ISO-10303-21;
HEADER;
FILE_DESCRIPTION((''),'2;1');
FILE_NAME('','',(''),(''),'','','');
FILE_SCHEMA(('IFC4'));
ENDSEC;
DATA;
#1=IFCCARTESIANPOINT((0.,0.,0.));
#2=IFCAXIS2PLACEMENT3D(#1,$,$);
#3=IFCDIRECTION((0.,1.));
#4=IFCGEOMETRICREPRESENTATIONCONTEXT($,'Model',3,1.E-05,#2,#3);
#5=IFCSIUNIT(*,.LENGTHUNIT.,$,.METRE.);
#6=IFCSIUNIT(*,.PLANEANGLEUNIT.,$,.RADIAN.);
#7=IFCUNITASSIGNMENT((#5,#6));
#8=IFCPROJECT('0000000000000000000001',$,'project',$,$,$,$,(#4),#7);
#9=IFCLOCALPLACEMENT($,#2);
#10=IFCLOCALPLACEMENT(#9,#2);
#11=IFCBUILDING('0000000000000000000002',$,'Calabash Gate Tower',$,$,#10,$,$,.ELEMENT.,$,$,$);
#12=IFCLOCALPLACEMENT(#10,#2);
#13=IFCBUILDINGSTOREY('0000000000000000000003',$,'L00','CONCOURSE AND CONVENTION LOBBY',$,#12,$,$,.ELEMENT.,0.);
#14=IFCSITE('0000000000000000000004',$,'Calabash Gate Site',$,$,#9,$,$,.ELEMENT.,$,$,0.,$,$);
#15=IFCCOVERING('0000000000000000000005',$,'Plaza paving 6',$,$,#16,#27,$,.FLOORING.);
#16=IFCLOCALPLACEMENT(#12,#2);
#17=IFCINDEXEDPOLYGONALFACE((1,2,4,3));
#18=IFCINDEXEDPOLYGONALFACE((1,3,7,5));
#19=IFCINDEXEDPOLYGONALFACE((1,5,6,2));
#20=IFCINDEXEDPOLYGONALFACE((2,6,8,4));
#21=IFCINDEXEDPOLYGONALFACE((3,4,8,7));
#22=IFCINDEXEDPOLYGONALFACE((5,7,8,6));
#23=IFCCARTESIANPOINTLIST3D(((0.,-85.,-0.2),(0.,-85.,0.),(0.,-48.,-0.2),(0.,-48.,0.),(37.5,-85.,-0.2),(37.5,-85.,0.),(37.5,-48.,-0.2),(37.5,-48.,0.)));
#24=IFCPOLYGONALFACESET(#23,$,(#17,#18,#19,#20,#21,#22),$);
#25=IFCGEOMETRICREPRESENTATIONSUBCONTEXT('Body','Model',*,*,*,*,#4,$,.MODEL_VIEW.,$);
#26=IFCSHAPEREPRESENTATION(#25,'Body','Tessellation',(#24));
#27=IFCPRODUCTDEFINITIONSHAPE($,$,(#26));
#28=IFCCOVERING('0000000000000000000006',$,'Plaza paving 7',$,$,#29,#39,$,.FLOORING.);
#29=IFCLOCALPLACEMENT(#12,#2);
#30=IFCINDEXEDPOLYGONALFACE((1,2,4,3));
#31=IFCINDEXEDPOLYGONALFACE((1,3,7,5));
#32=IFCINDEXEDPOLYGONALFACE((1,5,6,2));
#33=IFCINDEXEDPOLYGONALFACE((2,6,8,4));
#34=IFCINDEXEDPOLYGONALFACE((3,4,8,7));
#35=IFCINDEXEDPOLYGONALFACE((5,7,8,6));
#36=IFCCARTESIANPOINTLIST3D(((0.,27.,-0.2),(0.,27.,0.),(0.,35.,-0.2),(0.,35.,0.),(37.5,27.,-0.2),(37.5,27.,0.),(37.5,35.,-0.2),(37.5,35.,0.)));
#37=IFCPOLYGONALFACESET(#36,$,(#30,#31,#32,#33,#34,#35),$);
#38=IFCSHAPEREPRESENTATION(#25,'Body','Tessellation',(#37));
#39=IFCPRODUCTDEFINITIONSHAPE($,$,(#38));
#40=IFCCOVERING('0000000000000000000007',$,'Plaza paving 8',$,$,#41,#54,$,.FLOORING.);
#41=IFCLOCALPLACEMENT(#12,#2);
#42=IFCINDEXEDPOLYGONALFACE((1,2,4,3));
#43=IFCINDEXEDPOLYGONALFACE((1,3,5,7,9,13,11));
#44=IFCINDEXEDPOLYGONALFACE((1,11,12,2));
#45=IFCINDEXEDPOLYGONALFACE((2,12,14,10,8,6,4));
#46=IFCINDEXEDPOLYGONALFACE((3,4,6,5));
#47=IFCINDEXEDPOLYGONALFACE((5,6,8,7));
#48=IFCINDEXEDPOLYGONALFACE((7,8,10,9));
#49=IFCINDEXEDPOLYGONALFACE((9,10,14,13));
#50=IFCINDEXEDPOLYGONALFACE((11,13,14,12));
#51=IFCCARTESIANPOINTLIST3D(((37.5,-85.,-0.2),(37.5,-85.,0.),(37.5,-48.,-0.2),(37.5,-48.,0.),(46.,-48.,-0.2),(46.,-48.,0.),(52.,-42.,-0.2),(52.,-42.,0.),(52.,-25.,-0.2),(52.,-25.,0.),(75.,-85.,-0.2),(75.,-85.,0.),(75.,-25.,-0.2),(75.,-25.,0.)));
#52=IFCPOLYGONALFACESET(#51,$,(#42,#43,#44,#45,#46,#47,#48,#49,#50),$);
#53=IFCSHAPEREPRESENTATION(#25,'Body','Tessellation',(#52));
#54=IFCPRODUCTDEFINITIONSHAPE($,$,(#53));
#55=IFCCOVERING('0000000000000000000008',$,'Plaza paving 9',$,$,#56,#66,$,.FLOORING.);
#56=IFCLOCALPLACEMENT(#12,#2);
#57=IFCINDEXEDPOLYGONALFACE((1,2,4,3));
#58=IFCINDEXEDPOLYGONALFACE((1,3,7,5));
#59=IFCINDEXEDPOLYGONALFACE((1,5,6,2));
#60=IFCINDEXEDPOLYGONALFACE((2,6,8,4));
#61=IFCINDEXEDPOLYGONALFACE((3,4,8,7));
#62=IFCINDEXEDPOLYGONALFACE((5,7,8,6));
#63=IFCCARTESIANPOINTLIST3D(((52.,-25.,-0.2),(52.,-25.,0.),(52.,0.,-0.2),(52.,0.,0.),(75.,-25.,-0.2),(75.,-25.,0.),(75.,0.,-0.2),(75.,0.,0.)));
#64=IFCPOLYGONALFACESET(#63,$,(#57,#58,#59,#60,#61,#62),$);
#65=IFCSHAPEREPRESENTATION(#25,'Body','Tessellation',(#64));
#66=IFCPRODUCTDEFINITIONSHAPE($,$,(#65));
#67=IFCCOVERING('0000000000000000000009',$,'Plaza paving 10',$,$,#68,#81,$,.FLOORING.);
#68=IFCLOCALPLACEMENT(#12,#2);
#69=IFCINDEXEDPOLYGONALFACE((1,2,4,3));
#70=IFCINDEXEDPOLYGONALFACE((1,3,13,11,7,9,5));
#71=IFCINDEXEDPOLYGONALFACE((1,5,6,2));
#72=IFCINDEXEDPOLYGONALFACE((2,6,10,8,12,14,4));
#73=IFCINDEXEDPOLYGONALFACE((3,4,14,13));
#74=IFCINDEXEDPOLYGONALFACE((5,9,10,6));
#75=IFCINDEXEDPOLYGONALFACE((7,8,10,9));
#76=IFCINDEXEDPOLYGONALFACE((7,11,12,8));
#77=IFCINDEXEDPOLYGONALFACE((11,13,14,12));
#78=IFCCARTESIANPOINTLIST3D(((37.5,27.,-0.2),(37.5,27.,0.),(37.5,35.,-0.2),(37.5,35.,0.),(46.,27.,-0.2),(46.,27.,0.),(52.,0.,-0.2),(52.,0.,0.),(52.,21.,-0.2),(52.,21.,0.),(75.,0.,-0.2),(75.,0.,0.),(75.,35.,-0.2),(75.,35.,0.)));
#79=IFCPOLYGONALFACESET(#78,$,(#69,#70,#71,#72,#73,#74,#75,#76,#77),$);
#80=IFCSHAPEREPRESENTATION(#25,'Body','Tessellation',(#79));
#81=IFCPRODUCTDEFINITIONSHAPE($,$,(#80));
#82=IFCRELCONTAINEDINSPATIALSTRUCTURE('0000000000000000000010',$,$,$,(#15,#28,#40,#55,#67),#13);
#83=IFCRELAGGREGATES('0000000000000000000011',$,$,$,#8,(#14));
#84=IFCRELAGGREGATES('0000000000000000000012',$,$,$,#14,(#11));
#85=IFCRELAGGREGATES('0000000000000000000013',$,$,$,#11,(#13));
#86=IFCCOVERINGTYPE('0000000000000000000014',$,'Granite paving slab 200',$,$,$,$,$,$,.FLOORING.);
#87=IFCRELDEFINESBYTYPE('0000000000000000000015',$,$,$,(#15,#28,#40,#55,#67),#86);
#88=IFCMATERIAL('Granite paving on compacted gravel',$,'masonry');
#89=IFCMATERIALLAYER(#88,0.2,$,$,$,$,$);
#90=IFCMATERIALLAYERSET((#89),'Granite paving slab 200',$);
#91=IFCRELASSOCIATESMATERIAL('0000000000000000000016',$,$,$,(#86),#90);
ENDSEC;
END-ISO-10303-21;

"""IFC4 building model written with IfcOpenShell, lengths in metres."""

from ifc_helpers import new_model, si_unit, direction, frame, origin, place, context, subcontext, project, spatial, polyline, outline, extrude, material, layer, layer_set, type_object, element, save


model = new_model("IFC4")

# Units and contexts
model_context = context("Model", 3, precision=1e-05, world=origin(), true_north=direction((0.0, 1.0)))
body_context = subcontext(model_context, "Body", "Model", "MODEL_VIEW")
ifc_project = project(units=[si_unit("LENGTHUNIT", "METRE"), si_unit("PLANEANGLEUNIT", "RADIAN")], contexts=[model_context])

# Site, building, storey
site_placement = place(None, origin())
site = spatial("IfcSite", under=ifc_project, at=site_placement, Name="Calabash Gate Site", CompositionType="ELEMENT", RefElevation=0.0)
building_placement = place(site_placement, origin())
building = spatial("IfcBuilding", under=site, at=building_placement, Name="Calabash Gate Tower", CompositionType="ELEMENT")
storey_placement = place(building_placement, origin())
storey = spatial("IfcBuildingStorey", under=building, at=storey_placement, Name="L00", Description="CONCOURSE AND CONVENTION LOBBY", CompositionType="ELEMENT", Elevation=0.0)

# Coverings
ifc_material_1 = material(Name="Granite paving on compacted gravel", Category="masonry")
ifc_layer_1 = layer(ifc_material_1, 0.2)
ifc_layer_set_1 = layer_set([ifc_layer_1], Name="Granite paving slab 200")
covering_type = type_object("IfcCoveringType", Name="Granite paving slab 200", PredefinedType="FLOORING", material=ifc_layer_set_1)
covering_1_placement = place(storey_placement, frame((0.0, 0.0, -0.2)))
element("IfcCovering", 1, at=covering_1_placement, inside=storey, type_object=covering_type, Name="Plaza paving 6", PredefinedType="FLOORING", context=body_context, shape_type="SweptSolid", body=[
    extrude(outline(polyline([(37.5, -85.0), (37.5, -48.0), (0.0, -48.0), (0.0, -85.0), (37.5, -85.0)])), origin(), (0.0, 0.0, 1.0), 0.2),
])
covering_2_placement = place(storey_placement, frame((0.0, 0.0, -0.2)))
element("IfcCovering", 2, at=covering_2_placement, inside=storey, type_object=covering_type, Name="Plaza paving 7", PredefinedType="FLOORING", context=body_context, shape_type="SweptSolid", body=[
    extrude(outline(polyline([(0.0, 35.0), (0.0, 27.0), (37.5, 27.0), (37.5, 35.0), (0.0, 35.0)])), origin(), (0.0, 0.0, 1.0), 0.2),
])
covering_3_placement = place(storey_placement, frame((0.0, 0.0, -0.2)))
element("IfcCovering", 3, at=covering_3_placement, inside=storey, type_object=covering_type, Name="Plaza paving 8", PredefinedType="FLOORING", context=body_context, shape_type="SweptSolid", body=[
    extrude(outline(polyline([(37.5, -85.0), (75.0, -85.0), (75.0, -25.0), (52.0, -25.0), (52.0, -42.0), (46.0, -48.0), (37.5, -48.0), (37.5, -85.0)])), origin(), (0.0, 0.0, 1.0), 0.2),
])
covering_4_placement = place(storey_placement, frame((0.0, 0.0, -0.2)))
element("IfcCovering", 4, at=covering_4_placement, inside=storey, type_object=covering_type, Name="Plaza paving 9", PredefinedType="FLOORING", context=body_context, shape_type="SweptSolid", body=[
    extrude(outline(polyline([(52.0, -25.0), (75.0, -25.0), (75.0, 0.0), (52.0, 0.0), (52.0, -25.0)])), origin(), (0.0, 0.0, 1.0), 0.2),
])
covering_5_placement = place(storey_placement, frame((0.0, 0.0, -0.2)))
element("IfcCovering", 5, at=covering_5_placement, inside=storey, type_object=covering_type, Name="Plaza paving 10", PredefinedType="FLOORING", context=body_context, shape_type="SweptSolid", body=[
    extrude(outline(polyline([(52.0, 0.0), (75.0, 0.0), (75.0, 35.0), (37.5, 35.0), (37.5, 27.0), (46.0, 27.0), (52.0, 21.0), (52.0, 0.0)])), origin(), (0.0, 0.0, 1.0), 0.2),
])

save(model, "model.ifc")
